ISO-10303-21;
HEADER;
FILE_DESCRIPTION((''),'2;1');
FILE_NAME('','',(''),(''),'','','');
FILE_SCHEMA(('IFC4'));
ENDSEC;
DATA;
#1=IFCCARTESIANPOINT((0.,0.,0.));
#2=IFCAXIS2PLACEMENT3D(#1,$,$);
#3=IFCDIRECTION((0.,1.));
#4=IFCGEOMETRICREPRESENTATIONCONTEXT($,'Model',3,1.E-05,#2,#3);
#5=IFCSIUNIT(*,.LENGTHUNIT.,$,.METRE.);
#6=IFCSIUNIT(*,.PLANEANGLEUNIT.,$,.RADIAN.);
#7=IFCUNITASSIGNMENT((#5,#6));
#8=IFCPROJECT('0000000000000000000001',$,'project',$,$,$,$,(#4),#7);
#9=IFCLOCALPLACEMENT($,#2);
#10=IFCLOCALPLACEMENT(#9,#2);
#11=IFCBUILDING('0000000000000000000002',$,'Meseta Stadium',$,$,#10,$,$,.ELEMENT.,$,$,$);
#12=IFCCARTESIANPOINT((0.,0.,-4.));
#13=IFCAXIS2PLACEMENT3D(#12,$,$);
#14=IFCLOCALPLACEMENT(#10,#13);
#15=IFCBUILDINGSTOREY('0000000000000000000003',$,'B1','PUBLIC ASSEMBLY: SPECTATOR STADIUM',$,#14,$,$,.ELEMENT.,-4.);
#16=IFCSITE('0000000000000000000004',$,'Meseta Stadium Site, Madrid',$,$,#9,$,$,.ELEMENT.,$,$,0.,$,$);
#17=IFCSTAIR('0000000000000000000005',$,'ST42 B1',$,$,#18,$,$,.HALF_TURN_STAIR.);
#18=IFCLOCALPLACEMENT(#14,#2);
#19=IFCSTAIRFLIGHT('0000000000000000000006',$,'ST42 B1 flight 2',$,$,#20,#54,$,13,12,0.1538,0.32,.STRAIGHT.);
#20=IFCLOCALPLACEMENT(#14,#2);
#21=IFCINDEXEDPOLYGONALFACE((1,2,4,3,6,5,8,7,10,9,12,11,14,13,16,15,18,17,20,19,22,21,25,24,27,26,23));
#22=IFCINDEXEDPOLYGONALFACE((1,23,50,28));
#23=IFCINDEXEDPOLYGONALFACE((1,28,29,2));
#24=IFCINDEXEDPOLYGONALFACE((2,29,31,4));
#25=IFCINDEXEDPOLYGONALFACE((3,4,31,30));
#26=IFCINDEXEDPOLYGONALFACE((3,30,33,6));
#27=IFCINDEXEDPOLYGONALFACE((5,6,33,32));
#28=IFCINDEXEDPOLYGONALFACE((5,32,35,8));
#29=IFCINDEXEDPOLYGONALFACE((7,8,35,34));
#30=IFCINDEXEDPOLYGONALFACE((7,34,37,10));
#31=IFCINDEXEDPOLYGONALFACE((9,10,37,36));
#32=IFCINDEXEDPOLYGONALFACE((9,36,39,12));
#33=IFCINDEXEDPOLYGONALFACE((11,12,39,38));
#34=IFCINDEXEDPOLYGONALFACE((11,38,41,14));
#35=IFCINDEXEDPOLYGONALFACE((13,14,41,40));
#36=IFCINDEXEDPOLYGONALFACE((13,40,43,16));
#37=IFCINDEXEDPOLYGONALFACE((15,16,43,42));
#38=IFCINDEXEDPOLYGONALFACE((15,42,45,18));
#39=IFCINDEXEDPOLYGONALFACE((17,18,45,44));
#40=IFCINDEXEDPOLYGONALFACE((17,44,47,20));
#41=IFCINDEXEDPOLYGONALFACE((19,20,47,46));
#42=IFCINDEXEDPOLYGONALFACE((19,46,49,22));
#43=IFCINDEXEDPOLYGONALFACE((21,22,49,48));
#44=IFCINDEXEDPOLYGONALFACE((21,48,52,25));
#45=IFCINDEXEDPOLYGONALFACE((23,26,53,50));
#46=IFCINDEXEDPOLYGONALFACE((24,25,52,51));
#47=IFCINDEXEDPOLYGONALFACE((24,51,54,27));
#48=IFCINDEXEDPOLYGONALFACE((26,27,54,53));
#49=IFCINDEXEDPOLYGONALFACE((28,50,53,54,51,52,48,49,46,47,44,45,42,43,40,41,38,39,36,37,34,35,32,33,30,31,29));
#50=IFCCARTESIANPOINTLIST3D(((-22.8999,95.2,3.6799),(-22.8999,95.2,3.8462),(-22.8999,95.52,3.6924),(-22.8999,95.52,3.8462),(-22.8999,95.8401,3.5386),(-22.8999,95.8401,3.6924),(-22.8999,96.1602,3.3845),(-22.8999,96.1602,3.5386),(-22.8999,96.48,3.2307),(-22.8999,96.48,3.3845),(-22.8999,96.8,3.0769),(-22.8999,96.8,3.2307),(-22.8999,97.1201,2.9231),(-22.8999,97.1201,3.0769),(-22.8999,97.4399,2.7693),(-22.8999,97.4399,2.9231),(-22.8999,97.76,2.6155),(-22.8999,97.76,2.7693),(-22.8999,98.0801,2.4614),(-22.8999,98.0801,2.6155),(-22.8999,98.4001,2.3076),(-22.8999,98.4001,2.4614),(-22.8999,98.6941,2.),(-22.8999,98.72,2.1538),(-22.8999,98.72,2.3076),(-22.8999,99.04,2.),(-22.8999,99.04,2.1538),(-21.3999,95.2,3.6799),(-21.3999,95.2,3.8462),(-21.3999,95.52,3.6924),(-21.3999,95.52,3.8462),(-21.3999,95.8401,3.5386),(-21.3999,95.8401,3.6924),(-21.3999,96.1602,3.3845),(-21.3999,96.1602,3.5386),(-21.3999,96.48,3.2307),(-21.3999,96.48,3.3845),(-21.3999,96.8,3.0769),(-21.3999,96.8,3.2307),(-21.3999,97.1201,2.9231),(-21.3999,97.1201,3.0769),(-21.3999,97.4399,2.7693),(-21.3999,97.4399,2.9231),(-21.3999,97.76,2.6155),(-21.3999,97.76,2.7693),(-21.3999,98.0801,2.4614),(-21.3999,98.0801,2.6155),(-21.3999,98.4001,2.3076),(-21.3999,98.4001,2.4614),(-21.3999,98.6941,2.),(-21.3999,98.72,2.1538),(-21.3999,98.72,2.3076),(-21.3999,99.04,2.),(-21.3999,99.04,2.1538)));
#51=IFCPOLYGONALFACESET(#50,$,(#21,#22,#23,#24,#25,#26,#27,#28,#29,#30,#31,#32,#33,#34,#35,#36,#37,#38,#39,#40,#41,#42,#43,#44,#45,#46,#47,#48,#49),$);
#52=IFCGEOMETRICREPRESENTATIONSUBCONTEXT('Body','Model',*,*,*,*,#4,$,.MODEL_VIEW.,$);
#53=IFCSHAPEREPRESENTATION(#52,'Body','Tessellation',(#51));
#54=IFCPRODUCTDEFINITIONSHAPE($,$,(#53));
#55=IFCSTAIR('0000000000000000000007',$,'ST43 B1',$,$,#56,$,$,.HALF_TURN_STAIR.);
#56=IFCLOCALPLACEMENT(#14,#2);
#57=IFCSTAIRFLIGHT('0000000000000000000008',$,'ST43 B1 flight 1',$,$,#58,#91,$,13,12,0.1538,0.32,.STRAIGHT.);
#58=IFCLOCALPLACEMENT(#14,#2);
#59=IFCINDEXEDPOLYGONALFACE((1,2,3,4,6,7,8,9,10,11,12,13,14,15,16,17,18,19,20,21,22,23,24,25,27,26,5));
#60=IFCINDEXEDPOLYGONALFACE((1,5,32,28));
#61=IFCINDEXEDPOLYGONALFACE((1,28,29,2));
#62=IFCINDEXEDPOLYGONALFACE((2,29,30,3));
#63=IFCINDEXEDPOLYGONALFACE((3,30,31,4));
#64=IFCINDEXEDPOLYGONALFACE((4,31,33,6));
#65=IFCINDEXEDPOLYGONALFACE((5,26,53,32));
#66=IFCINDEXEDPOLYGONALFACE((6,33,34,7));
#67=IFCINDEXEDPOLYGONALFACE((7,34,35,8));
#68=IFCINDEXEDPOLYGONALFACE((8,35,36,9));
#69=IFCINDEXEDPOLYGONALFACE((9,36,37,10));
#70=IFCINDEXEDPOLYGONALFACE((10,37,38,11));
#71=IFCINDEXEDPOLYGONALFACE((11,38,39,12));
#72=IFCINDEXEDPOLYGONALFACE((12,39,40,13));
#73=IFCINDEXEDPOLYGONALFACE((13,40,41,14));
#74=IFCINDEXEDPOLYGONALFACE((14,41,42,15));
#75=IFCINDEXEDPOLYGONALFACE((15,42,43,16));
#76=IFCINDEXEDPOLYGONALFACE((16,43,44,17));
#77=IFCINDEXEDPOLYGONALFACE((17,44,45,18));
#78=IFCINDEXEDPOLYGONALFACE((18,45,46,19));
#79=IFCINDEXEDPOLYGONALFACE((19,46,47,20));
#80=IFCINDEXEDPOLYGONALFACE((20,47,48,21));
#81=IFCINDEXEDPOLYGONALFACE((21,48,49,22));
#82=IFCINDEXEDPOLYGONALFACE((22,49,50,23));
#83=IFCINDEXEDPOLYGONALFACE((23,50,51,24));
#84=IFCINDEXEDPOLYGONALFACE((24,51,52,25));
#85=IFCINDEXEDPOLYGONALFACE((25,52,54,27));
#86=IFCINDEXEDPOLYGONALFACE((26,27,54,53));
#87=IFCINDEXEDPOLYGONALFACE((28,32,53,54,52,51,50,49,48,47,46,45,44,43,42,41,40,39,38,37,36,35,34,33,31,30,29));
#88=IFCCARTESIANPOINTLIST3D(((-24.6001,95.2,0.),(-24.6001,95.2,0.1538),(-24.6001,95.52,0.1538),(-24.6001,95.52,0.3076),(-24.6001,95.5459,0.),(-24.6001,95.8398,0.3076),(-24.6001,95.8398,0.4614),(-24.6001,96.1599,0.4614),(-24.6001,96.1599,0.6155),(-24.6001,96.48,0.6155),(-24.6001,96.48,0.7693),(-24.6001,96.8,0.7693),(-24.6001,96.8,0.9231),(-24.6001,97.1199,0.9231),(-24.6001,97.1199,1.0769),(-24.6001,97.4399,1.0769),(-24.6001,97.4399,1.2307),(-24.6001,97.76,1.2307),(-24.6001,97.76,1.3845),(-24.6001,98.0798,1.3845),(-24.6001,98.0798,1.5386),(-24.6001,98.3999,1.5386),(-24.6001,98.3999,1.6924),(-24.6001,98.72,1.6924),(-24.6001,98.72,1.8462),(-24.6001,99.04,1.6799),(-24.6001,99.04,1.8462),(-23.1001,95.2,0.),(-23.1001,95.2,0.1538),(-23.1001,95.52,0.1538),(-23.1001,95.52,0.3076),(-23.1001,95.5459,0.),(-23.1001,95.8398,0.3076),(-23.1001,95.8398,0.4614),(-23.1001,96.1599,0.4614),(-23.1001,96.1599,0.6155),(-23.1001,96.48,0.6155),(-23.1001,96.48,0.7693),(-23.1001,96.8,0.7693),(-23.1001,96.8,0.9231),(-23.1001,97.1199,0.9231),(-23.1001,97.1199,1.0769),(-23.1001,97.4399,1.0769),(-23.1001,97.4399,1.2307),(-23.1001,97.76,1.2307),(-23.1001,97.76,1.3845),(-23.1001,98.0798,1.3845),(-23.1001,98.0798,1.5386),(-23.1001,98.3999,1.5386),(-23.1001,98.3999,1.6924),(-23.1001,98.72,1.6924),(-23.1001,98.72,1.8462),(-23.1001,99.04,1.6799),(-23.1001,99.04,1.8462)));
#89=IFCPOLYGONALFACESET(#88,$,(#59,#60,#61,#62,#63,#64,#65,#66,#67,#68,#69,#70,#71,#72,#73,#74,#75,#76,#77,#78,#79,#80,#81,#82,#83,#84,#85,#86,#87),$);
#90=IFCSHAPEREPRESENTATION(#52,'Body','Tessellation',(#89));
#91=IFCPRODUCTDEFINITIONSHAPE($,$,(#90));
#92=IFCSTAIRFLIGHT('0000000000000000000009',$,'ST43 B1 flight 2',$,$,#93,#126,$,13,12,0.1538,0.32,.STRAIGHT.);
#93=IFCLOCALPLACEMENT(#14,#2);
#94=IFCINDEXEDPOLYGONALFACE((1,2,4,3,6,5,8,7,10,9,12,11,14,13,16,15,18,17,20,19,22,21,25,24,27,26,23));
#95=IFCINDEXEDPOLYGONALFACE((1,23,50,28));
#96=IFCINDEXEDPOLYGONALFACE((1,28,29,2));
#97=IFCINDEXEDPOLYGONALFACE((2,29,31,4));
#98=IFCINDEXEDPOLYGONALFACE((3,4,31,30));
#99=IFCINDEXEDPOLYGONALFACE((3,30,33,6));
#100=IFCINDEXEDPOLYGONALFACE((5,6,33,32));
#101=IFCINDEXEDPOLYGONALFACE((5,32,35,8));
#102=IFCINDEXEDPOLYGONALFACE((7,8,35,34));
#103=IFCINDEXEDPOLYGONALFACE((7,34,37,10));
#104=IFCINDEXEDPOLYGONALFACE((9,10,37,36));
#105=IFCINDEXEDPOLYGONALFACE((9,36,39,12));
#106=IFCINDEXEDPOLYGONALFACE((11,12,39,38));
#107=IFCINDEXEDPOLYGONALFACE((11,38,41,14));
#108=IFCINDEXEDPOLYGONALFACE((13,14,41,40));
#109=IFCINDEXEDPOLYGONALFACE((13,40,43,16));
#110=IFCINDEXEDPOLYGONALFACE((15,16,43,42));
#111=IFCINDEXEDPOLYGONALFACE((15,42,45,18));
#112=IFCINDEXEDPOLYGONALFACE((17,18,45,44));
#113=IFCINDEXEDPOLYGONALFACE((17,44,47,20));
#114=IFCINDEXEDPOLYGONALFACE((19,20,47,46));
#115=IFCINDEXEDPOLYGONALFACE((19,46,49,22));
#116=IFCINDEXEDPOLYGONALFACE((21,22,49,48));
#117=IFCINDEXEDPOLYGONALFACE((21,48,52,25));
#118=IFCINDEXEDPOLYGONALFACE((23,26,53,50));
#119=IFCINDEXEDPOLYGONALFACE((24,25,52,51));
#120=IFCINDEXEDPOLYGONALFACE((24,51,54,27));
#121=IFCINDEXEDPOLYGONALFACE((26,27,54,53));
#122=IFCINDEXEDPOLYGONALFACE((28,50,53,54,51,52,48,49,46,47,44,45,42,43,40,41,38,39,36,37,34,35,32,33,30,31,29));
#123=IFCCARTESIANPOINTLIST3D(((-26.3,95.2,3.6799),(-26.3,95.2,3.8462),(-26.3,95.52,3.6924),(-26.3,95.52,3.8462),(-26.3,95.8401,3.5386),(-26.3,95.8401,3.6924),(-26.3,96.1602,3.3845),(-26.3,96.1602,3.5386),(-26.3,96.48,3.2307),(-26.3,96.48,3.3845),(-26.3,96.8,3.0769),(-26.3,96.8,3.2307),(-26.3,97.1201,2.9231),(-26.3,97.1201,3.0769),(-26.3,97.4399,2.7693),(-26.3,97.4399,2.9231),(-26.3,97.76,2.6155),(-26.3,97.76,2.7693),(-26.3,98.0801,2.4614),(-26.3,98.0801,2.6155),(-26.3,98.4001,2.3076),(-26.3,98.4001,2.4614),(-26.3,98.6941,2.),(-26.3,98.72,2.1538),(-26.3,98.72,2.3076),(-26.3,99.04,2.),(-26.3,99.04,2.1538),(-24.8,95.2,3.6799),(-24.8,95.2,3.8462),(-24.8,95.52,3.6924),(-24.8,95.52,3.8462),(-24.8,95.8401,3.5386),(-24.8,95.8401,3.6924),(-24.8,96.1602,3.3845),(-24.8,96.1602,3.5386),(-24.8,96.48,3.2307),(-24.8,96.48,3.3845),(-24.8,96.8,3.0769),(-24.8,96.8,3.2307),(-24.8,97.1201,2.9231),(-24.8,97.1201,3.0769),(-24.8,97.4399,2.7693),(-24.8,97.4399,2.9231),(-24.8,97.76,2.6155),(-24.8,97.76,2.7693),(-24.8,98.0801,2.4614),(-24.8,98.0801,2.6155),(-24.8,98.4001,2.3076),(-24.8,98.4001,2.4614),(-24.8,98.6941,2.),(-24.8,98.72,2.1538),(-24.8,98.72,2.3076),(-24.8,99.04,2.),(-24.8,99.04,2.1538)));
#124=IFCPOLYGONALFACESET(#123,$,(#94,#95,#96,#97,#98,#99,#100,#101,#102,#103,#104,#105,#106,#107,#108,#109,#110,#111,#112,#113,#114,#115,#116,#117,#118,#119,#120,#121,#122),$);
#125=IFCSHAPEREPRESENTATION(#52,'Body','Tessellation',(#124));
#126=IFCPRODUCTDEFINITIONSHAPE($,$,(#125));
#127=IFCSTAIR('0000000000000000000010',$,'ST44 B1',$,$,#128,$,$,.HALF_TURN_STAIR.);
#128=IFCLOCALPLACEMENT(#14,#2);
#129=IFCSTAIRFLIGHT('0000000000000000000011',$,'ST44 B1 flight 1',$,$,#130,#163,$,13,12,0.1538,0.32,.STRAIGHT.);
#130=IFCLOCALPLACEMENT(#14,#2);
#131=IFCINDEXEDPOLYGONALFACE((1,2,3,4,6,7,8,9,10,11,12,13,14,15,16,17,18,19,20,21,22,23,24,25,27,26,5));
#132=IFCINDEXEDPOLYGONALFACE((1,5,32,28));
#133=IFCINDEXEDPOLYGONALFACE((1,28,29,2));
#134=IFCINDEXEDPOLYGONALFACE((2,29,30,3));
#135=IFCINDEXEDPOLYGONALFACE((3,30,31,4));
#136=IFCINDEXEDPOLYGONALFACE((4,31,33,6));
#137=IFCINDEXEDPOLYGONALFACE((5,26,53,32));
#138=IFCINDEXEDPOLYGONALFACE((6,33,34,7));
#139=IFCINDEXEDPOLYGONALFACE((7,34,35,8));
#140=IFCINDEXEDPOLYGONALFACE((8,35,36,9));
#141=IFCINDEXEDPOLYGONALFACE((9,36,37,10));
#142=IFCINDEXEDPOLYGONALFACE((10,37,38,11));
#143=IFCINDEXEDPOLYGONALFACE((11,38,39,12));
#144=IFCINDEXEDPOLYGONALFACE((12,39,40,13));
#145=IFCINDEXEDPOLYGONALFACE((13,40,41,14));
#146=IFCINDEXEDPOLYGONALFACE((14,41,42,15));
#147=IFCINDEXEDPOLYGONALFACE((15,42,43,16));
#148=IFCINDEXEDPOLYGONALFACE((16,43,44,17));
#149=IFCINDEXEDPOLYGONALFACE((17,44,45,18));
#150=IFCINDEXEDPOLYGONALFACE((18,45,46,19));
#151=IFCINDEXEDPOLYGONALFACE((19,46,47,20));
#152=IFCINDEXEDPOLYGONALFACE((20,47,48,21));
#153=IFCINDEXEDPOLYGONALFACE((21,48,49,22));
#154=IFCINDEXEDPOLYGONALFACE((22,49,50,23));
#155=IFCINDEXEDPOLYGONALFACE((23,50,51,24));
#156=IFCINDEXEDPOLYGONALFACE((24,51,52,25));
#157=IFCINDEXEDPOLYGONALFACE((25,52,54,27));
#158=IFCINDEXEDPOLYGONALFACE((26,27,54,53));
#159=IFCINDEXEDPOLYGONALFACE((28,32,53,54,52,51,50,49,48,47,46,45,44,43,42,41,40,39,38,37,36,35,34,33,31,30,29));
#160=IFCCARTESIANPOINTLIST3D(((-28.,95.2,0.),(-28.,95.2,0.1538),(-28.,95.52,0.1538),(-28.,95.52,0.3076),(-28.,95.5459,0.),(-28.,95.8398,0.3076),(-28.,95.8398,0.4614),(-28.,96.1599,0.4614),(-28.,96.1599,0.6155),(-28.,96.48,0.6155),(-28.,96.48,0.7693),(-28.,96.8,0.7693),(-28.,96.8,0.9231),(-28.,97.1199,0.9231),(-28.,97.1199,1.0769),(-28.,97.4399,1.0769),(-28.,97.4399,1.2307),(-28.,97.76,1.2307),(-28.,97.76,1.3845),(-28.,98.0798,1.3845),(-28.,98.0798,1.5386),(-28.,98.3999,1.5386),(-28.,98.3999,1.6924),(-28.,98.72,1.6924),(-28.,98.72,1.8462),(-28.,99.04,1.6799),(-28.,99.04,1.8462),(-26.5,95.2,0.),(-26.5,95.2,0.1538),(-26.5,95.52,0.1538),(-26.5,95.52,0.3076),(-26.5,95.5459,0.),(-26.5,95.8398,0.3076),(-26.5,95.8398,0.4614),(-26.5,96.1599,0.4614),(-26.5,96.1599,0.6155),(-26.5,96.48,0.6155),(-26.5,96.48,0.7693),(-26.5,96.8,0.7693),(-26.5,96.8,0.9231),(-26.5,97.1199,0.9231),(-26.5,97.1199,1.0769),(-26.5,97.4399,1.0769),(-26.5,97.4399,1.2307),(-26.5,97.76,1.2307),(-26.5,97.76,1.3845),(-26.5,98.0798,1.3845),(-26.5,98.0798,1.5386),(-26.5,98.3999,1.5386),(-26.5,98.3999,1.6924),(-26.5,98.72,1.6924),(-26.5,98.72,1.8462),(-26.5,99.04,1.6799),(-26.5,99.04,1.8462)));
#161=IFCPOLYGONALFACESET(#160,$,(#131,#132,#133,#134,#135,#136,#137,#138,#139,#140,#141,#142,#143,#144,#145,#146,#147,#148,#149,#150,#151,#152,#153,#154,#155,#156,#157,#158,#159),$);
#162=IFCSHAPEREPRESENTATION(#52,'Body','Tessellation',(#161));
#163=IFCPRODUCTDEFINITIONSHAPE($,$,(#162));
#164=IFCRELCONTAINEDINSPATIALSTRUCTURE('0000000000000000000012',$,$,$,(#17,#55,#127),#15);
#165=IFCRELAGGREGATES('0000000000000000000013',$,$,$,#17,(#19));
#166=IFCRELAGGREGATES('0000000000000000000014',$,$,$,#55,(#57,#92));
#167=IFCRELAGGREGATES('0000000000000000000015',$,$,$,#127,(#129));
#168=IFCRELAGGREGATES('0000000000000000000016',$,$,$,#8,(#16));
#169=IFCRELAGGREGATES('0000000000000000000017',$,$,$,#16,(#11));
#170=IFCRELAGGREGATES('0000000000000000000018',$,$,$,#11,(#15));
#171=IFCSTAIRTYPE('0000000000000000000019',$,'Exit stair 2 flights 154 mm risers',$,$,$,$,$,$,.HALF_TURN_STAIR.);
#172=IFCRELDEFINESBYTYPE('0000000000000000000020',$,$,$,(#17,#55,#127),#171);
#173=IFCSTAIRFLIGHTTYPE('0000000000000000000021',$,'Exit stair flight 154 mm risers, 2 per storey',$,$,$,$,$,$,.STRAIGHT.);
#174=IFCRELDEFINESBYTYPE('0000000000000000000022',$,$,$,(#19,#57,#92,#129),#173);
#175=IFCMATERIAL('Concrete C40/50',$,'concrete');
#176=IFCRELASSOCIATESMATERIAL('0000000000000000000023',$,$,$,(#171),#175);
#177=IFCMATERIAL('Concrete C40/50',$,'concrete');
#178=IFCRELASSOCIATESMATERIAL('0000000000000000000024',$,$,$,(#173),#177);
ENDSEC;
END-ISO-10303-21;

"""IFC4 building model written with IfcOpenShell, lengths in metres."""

from ifc_helpers import new_model, si_unit, direction, frame, origin, place, context, subcontext, project, spatial, polyline, outline, extrude, material, type_object, element, aggregate, save


model = new_model("IFC4")

# Units and contexts
model_context = context("Model", 3, precision=1e-05, world=origin(), true_north=direction((0.0, 1.0)))
body_context = subcontext(model_context, "Body", "Model", "MODEL_VIEW")
ifc_project = project(units=[si_unit("LENGTHUNIT", "METRE"), si_unit("PLANEANGLEUNIT", "RADIAN")], contexts=[model_context])

# Site, building, storey
site_placement = place(None, origin())
site = spatial("IfcSite", under=ifc_project, at=site_placement, Name="Meseta Stadium Site, Madrid", CompositionType="ELEMENT", RefElevation=0.0)
building_placement = place(site_placement, origin())
building = spatial("IfcBuilding", under=site, at=building_placement, Name="Meseta Stadium", CompositionType="ELEMENT")
storey_placement = place(building_placement, frame((0.0, 0.0, -4.0)))
storey = spatial("IfcBuildingStorey", under=building, at=storey_placement, Name="B1", Description="PUBLIC ASSEMBLY: SPECTATOR STADIUM", CompositionType="ELEMENT", Elevation=-4.0)

# Stairs, stair flights
ifc_material_1 = material(Name="Concrete C40/50", Category="concrete")
stair_type = type_object("IfcStairType", Name="Exit stair 2 flights 154 mm risers", PredefinedType="HALF_TURN_STAIR", material=ifc_material_1)
ifc_material_2 = material(Name="Concrete C40/50", Category="concrete")
stair_flight_type = type_object("IfcStairFlightType", Name="Exit stair flight 154 mm risers, 2 per storey", PredefinedType="STRAIGHT", material=ifc_material_2)
stair_1_placement = place(storey_placement, origin())
stair_1 = element("IfcStair", 1, at=stair_1_placement, inside=storey, type_object=stair_type, Name="ST42 B1", PredefinedType="HALF_TURN_STAIR")
stair_flight_1_placement = place(storey_placement, frame((-22.1499, 99.04, 2.0), z_axis=(0.0, 0.0, 1.0), x_axis=(0.0, -1.0, 0.0)))
stair_flight_1 = element("IfcStairFlight", 2, at=stair_flight_1_placement, type_object=stair_flight_type, Name="ST42 B1 flight 2", NumberOfRisers=13, NumberOfTreads=12, PredefinedType="STRAIGHT", RiserHeight=0.1538, TreadLength=0.32, context=body_context, shape_type="SweptSolid", body=[
    extrude(outline(polyline([(0.0, 0.0), (0.0, 0.1538), (0.3201, 0.1538), (0.3201, 0.3076), (0.6399, 0.3076), (0.6399, 0.4614), (0.96, 0.4614), (0.96, 0.6155), (1.28, 0.6155), (1.28, 0.7693), (1.6001, 0.7693), (1.6001, 0.9231), (1.9199, 0.9231), (1.9199, 1.0769), (2.24, 1.0769), (2.24, 1.2307), (2.5601, 1.2307), (2.5601, 1.3845), (2.8799, 1.3845), (2.8799, 1.5386), (3.2, 1.5386), (3.2, 1.6924), (3.52, 1.6924), (3.52, 1.8462), (3.8401, 1.8462), (3.8401, 1.6799), (0.3459, 0.0), (0.0, 0.0)])), frame((0.0, 0.75, 0.0), z_axis=(0.0, -1.0, 0.0), x_axis=(1.0, 0.0, 0.0)), (0.0, 0.0, 1.0), 1.5),
])
aggregate(stair_1, [stair_flight_1])
stair_2_placement = place(storey_placement, origin())
stair_2 = element("IfcStair", 3, at=stair_2_placement, inside=storey, type_object=stair_type, Name="ST43 B1", PredefinedType="HALF_TURN_STAIR")
stair_flight_2_placement = place(storey_placement, frame((-23.8501, 95.2, 0.0), z_axis=(0.0, 0.0, 1.0), x_axis=(0.0, 1.0, 0.0)))
stair_flight_2 = element("IfcStairFlight", 4, at=stair_flight_2_placement, type_object=stair_flight_type, Name="ST43 B1 flight 1", NumberOfRisers=13, NumberOfTreads=12, PredefinedType="STRAIGHT", RiserHeight=0.1538, TreadLength=0.32, context=body_context, shape_type="SweptSolid", body=[
    extrude(outline(polyline([(0.0, 0.0), (0.0, 0.1538), (0.3201, 0.1538), (0.3201, 0.3076), (0.6399, 0.3076), (0.6399, 0.4614), (0.96, 0.4614), (0.96, 0.6155), (1.28, 0.6155), (1.28, 0.7693), (1.6001, 0.7693), (1.6001, 0.9231), (1.9199, 0.9231), (1.9199, 1.0769), (2.24, 1.0769), (2.24, 1.2307), (2.5601, 1.2307), (2.5601, 1.3845), (2.8799, 1.3845), (2.8799, 1.5386), (3.2, 1.5386), (3.2, 1.6924), (3.52, 1.6924), (3.52, 1.8462), (3.8401, 1.8462), (3.8401, 1.6799), (0.3459, 0.0), (0.0, 0.0)])), frame((0.0, 0.75, 0.0), z_axis=(0.0, -1.0, 0.0), x_axis=(1.0, 0.0, 0.0)), (0.0, 0.0, 1.0), 1.5),
])
stair_flight_3_placement = place(storey_placement, frame((-25.55, 99.04, 2.0), z_axis=(0.0, 0.0, 1.0), x_axis=(0.0, -1.0, 0.0)))
stair_flight_3 = element("IfcStairFlight", 5, at=stair_flight_3_placement, type_object=stair_flight_type, Name="ST43 B1 flight 2", NumberOfRisers=13, NumberOfTreads=12, PredefinedType="STRAIGHT", RiserHeight=0.1538, TreadLength=0.32, context=body_context, shape_type="SweptSolid", body=[
    extrude(outline(polyline([(0.0, 0.0), (0.0, 0.1538), (0.3201, 0.1538), (0.3201, 0.3076), (0.6399, 0.3076), (0.6399, 0.4614), (0.96, 0.4614), (0.96, 0.6155), (1.28, 0.6155), (1.28, 0.7693), (1.6001, 0.7693), (1.6001, 0.9231), (1.9199, 0.9231), (1.9199, 1.0769), (2.24, 1.0769), (2.24, 1.2307), (2.5601, 1.2307), (2.5601, 1.3845), (2.8799, 1.3845), (2.8799, 1.5386), (3.2, 1.5386), (3.2, 1.6924), (3.52, 1.6924), (3.52, 1.8462), (3.8401, 1.8462), (3.8401, 1.6799), (0.3459, 0.0), (0.0, 0.0)])), frame((0.0, 0.75, 0.0), z_axis=(0.0, -1.0, 0.0), x_axis=(1.0, 0.0, 0.0)), (0.0, 0.0, 1.0), 1.5),
])
aggregate(stair_2, [stair_flight_2, stair_flight_3])

# Stair, stair flight
stair_3_placement = place(storey_placement, origin())
stair_3 = element("IfcStair", 6, at=stair_3_placement, inside=storey, type_object=stair_type, Name="ST44 B1", PredefinedType="HALF_TURN_STAIR")
stair_flight_4_placement = place(storey_placement, frame((-27.25, 95.2, 0.0), z_axis=(0.0, 0.0, 1.0), x_axis=(0.0, 1.0, 0.0)))
stair_flight_4 = element("IfcStairFlight", 7, at=stair_flight_4_placement, type_object=stair_flight_type, Name="ST44 B1 flight 1", NumberOfRisers=13, NumberOfTreads=12, PredefinedType="STRAIGHT", RiserHeight=0.1538, TreadLength=0.32, context=body_context, shape_type="SweptSolid", body=[
    extrude(outline(polyline([(0.0, 0.0), (0.0, 0.1538), (0.3201, 0.1538), (0.3201, 0.3076), (0.6399, 0.3076), (0.6399, 0.4614), (0.96, 0.4614), (0.96, 0.6155), (1.28, 0.6155), (1.28, 0.7693), (1.6001, 0.7693), (1.6001, 0.9231), (1.9199, 0.9231), (1.9199, 1.0769), (2.24, 1.0769), (2.24, 1.2307), (2.5601, 1.2307), (2.5601, 1.3845), (2.8799, 1.3845), (2.8799, 1.5386), (3.2, 1.5386), (3.2, 1.6924), (3.52, 1.6924), (3.52, 1.8462), (3.8401, 1.8462), (3.8401, 1.6799), (0.3459, 0.0), (0.0, 0.0)])), frame((0.0, 0.75, 0.0), z_axis=(0.0, -1.0, 0.0), x_axis=(1.0, 0.0, 0.0)), (0.0, 0.0, 1.0), 1.5),
])
aggregate(stair_3, [stair_flight_4])

save(model, "model.ifc")
